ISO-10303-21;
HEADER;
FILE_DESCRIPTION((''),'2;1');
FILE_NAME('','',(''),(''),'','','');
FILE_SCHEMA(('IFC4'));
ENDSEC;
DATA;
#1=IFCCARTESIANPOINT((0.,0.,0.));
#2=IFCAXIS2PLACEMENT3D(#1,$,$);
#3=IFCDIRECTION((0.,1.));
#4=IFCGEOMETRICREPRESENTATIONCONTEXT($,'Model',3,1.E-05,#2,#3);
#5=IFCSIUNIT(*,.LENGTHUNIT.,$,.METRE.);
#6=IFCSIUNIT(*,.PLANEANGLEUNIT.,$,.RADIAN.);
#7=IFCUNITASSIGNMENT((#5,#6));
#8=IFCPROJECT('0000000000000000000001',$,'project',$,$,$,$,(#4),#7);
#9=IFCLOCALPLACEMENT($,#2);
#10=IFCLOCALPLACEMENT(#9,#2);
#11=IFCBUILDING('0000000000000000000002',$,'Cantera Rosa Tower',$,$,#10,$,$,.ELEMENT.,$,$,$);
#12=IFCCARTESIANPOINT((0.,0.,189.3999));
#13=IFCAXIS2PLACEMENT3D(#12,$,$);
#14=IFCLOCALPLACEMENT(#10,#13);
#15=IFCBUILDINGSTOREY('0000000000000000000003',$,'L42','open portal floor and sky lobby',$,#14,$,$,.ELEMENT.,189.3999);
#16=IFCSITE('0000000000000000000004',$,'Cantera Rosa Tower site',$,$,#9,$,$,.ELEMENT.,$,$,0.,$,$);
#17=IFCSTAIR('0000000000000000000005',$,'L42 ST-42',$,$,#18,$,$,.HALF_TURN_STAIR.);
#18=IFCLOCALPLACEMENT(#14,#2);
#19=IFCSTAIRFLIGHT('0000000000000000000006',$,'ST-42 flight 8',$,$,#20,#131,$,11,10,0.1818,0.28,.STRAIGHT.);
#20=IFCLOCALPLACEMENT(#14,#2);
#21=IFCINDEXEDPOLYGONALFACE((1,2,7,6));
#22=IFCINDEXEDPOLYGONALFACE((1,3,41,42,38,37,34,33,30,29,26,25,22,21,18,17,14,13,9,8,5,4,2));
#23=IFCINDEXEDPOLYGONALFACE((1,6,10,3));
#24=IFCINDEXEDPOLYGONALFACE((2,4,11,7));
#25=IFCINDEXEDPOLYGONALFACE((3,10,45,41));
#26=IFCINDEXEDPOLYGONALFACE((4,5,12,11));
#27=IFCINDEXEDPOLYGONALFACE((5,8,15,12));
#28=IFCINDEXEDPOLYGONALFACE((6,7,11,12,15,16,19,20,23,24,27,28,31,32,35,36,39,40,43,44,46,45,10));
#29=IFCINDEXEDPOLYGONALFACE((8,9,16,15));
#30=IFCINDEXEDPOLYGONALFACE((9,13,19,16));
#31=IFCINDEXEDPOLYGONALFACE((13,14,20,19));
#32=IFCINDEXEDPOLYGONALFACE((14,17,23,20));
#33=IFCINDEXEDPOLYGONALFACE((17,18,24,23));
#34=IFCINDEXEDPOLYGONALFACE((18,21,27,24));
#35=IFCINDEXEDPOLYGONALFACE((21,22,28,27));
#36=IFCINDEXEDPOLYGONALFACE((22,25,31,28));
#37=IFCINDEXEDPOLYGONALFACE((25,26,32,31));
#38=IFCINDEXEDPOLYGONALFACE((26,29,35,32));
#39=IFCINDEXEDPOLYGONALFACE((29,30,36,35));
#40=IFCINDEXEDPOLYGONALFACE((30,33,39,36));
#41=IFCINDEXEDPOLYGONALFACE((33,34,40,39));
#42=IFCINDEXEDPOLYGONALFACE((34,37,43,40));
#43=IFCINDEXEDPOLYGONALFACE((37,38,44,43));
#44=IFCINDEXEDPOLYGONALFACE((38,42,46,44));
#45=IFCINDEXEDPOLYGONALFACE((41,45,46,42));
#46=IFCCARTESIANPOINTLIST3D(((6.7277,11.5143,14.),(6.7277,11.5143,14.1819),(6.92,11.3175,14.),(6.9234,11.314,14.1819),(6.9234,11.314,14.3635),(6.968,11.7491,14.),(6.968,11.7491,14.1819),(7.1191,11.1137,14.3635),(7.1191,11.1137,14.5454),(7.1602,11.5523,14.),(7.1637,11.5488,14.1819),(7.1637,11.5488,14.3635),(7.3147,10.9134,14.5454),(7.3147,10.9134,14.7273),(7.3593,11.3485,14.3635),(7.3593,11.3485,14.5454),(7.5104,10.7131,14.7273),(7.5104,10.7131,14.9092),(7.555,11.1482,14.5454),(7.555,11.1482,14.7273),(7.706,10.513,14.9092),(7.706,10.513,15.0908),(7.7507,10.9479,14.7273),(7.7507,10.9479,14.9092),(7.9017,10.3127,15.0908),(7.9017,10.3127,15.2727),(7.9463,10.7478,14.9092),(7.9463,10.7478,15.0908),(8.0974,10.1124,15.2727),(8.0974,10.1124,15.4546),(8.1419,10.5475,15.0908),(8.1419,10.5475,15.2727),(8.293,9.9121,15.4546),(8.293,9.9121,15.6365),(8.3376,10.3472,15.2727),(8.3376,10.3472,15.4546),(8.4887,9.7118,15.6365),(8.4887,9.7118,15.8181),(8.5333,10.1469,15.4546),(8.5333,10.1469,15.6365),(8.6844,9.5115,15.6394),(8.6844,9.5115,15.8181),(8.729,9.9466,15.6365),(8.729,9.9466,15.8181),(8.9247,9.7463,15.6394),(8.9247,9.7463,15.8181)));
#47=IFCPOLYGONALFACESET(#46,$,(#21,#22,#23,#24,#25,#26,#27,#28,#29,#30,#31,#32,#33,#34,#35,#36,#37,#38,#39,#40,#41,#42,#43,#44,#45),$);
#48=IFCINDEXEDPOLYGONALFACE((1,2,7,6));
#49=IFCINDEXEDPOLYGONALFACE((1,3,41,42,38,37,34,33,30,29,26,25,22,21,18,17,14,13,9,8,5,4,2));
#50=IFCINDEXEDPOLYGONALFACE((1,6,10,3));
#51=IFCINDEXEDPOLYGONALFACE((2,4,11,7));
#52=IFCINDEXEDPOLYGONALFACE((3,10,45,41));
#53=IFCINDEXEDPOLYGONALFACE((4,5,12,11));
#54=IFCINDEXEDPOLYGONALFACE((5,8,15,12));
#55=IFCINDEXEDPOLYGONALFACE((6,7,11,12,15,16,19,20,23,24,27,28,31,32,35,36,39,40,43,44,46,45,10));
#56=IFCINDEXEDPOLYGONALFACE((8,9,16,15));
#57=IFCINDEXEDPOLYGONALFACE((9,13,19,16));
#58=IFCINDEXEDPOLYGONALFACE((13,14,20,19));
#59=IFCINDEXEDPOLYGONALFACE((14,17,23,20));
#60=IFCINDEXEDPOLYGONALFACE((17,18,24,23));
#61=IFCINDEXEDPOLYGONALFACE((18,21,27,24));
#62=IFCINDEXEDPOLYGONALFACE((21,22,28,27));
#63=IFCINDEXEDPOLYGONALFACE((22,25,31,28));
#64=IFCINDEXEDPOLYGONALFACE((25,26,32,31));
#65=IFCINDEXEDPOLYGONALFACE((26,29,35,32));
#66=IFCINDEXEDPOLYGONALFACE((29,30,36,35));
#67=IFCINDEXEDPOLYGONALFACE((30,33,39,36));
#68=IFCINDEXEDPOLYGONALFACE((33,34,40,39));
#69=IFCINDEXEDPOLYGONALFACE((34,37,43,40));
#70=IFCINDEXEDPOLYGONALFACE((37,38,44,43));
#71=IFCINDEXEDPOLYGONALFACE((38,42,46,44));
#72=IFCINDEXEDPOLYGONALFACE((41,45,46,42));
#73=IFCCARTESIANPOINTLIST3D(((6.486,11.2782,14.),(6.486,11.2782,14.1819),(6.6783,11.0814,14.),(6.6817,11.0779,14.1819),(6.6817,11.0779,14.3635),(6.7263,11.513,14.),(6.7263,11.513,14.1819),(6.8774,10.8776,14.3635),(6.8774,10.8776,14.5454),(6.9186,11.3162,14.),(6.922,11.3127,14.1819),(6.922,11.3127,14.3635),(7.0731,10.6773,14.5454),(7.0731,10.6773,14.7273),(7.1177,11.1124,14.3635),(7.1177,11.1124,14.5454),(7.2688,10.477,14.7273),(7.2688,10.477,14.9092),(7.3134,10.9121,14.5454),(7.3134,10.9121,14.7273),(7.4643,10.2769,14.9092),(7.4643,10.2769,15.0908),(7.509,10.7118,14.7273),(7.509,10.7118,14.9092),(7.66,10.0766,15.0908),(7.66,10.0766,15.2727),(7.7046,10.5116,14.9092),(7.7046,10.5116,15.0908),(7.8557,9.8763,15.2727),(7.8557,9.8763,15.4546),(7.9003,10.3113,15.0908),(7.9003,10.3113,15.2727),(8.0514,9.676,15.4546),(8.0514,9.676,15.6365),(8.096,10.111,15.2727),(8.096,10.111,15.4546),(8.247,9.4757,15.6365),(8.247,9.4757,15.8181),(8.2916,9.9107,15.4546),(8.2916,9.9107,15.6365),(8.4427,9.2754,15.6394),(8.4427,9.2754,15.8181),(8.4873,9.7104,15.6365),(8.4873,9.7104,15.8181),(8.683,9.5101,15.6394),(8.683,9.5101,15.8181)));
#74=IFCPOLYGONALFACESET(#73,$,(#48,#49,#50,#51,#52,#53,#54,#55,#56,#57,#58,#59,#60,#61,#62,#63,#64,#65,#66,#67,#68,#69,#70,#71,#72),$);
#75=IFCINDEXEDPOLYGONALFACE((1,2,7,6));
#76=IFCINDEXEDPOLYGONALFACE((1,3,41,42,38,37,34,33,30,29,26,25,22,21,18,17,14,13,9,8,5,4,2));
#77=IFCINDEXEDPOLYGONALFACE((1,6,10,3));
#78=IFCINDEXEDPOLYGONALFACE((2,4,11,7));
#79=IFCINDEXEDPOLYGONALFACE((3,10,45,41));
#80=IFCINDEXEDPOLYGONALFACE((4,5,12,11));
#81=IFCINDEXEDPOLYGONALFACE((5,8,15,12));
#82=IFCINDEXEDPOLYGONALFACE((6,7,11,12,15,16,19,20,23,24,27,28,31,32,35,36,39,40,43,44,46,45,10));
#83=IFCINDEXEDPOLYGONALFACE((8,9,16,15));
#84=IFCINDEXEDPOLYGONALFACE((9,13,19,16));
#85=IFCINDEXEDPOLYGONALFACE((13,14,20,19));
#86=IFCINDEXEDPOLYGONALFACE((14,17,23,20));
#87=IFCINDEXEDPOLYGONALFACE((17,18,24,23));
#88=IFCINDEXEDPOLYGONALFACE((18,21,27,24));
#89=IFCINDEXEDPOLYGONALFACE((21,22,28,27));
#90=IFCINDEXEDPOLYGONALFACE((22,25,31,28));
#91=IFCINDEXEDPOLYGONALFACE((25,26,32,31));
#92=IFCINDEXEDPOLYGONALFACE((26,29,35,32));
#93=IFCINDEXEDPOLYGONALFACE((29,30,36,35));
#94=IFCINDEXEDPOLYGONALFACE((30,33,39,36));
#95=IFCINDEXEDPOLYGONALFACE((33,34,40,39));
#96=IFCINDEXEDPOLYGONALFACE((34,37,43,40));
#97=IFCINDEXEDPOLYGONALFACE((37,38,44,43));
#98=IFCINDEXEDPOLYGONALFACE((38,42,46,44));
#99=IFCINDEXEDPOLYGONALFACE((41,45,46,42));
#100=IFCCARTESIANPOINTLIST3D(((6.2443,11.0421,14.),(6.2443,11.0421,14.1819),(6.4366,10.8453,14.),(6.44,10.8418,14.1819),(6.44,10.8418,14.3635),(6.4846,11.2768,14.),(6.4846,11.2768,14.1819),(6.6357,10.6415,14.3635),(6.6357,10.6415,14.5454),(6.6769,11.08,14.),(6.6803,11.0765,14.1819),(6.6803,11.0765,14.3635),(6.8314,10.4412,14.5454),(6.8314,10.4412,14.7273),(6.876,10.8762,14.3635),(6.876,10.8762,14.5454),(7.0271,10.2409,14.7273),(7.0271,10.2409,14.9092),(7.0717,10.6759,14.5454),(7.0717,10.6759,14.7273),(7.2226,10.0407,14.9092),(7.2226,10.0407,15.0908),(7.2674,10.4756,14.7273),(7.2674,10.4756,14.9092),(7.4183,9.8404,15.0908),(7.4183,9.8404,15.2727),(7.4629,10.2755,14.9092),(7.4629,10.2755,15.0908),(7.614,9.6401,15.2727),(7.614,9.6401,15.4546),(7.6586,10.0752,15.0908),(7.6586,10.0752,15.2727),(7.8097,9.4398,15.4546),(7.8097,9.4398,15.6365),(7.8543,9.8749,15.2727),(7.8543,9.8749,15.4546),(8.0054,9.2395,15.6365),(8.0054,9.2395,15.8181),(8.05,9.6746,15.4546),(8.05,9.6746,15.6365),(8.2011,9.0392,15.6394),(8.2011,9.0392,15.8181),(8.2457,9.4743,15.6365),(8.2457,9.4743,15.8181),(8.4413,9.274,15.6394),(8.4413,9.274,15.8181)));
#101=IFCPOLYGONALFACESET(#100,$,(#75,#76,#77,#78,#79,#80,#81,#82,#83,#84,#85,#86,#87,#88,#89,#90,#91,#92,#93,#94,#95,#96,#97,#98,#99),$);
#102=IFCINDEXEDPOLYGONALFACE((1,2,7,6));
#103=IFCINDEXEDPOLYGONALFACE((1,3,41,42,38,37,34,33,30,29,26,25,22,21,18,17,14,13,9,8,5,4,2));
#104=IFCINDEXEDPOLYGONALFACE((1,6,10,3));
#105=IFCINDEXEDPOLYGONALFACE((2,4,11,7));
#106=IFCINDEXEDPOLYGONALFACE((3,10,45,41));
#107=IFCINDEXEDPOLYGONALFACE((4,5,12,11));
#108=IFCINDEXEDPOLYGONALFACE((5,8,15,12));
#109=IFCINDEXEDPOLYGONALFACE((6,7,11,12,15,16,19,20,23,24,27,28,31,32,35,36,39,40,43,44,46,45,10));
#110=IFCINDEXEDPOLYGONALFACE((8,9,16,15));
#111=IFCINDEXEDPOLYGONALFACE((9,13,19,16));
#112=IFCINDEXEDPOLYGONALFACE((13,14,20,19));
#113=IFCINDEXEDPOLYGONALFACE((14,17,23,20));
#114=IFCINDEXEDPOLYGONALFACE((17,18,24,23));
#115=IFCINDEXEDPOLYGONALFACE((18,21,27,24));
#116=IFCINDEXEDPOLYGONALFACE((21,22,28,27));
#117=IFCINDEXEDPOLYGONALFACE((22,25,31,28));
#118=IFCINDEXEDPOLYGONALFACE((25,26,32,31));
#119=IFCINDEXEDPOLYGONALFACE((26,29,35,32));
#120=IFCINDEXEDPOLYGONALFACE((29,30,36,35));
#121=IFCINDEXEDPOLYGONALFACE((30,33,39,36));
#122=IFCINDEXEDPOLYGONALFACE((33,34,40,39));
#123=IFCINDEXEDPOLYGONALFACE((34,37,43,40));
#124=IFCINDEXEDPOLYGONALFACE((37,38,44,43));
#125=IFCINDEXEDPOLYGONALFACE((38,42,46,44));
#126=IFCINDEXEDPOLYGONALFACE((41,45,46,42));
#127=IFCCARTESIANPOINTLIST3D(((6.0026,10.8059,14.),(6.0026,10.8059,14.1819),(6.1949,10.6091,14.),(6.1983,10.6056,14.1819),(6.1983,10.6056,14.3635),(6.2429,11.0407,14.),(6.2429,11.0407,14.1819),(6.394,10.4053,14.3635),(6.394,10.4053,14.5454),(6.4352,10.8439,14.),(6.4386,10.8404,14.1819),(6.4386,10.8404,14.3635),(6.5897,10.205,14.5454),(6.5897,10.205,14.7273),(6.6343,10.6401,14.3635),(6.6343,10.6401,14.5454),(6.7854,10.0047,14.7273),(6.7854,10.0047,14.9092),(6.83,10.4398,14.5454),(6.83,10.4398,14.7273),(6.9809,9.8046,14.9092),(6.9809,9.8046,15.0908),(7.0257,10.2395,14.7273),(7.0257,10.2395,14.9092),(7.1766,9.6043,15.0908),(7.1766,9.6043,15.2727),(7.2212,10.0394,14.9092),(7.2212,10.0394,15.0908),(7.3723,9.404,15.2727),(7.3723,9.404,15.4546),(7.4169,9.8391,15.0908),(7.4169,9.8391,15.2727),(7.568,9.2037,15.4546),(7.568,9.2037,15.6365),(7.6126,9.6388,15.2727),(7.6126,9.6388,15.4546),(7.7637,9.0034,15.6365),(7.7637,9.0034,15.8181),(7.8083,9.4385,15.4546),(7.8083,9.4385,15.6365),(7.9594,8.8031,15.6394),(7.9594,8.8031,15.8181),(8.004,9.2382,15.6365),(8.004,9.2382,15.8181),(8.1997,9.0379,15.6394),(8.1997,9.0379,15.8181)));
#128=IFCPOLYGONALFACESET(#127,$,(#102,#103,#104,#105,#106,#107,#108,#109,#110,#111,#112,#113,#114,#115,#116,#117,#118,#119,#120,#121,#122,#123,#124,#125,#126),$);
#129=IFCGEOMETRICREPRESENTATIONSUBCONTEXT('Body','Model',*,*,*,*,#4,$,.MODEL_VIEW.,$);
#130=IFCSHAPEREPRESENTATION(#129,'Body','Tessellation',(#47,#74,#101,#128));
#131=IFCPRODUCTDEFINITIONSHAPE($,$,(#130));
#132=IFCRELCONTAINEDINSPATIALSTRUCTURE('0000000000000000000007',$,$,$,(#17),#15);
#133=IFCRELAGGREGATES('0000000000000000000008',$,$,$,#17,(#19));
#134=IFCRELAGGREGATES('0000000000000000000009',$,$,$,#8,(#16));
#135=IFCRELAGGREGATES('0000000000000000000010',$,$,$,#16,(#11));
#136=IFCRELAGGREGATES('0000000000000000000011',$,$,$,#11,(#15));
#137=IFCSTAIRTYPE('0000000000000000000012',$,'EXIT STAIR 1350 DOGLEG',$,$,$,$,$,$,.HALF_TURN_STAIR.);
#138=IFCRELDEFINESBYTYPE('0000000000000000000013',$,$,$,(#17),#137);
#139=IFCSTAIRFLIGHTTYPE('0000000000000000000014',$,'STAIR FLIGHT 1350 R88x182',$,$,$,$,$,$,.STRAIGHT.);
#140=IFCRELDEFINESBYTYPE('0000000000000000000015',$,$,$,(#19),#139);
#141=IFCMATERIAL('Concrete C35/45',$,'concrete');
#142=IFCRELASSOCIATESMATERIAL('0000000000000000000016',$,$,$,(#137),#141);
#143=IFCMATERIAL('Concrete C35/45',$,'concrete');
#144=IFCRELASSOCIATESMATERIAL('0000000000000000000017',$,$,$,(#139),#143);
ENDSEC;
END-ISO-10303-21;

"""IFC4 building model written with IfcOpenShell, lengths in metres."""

from ifc_helpers import new_model, si_unit, direction, frame, origin, place, context, subcontext, project, spatial, polyline, outline, extrude, material, type_object, element, aggregate, save


model = new_model("IFC4")

# Units and contexts
model_context = context("Model", 3, precision=1e-05, world=origin(), true_north=direction((0.0, 1.0)))
body_context = subcontext(model_context, "Body", "Model", "MODEL_VIEW")
ifc_project = project(units=[si_unit("LENGTHUNIT", "METRE"), si_unit("PLANEANGLEUNIT", "RADIAN")], contexts=[model_context])

# Site, building, storey
site_placement = place(None, origin())
site = spatial("IfcSite", under=ifc_project, at=site_placement, Name="Cantera Rosa Tower site", CompositionType="ELEMENT", RefElevation=0.0)
building_placement = place(site_placement, origin())
building = spatial("IfcBuilding", under=site, at=building_placement, Name="Cantera Rosa Tower", CompositionType="ELEMENT")
storey_placement = place(building_placement, frame((0.0, 0.0, 189.3999)))
storey = spatial("IfcBuildingStorey", under=building, at=storey_placement, Name="L42", Description="open portal floor and sky lobby", CompositionType="ELEMENT", Elevation=189.3999)

# Stair, stair flight
ifc_material_1 = material(Name="Concrete C35/45", Category="concrete")
stair_type = type_object("IfcStairType", Name="EXIT STAIR 1350 DOGLEG", PredefinedType="HALF_TURN_STAIR", material=ifc_material_1)
stair_placement = place(storey_placement, origin())
stair = element("IfcStair", 1, at=stair_placement, inside=storey, type_object=stair_type, Name="L42 ST-42", PredefinedType="HALF_TURN_STAIR")
ifc_material_2 = material(Name="Concrete C35/45", Category="concrete")
stair_flight_type = type_object("IfcStairFlightType", Name="STAIR FLIGHT 1350 R88x182", PredefinedType="STRAIGHT", material=ifc_material_2)
stair_flight_1_placement = place(storey_placement, frame((6.4851, 11.2773, 14.0), z_axis=(0.0, 0.0, 1.0), x_axis=(0.698832, -0.715286, 0.0)))
stair_flight_1 = element("IfcStairFlight", 2, at=stair_flight_1_placement, type_object=stair_flight_type, Name="ST-42 flight 8", NumberOfRisers=11, NumberOfTreads=10, PredefinedType="STRAIGHT", RiserHeight=0.1818, TreadLength=0.28, context=body_context, shape_type="SweptSolid", body=[
    extrude(outline(polyline([(0.0, 0.0), (0.0, 0.1819), (0.28, 0.1819), (0.28, 0.3635), (0.5601, 0.3635), (0.5601, 0.5454), (0.8401, 0.5454), (0.8401, 0.7273), (1.1201, 0.7273), (1.1201, 0.9092), (1.3999, 0.9092), (1.3999, 1.0908), (1.6799, 1.0908), (1.6799, 1.2727), (1.96, 1.2727), (1.96, 1.4546), (2.24, 1.4546), (2.24, 1.6365), (2.52, 1.6365), (2.52, 1.8181), (2.8, 1.8181), (2.8, 2.0), (2.8, 1.6394), (0.2751, 0.0), (0.0, 0.0)])), frame((0.0, 0.675, 0.0), z_axis=(0.0, -1.0, 0.0), x_axis=(1.0, 0.0, 0.0)), (0.0, 0.0, 1.0), 0.3359),
    extrude(outline(polyline([(0.0, 0.0), (0.0, 0.1819), (0.28, 0.1819), (0.28, 0.3635), (0.5601, 0.3635), (0.5601, 0.5454), (0.8401, 0.5454), (0.8401, 0.7273), (1.1201, 0.7273), (1.1201, 0.9092), (1.3999, 0.9092), (1.3999, 1.0908), (1.6799, 1.0908), (1.6799, 1.2727), (1.96, 1.2727), (1.96, 1.4546), (2.24, 1.4546), (2.24, 1.6365), (2.52, 1.6365), (2.52, 1.8181), (2.8, 1.8181), (2.8, 2.0), (2.8, 1.6394), (0.2751, 0.0), (0.0, 0.0)])), frame((0.0, 0.3372, 0.0), z_axis=(0.0, -1.0, 0.0), x_axis=(1.0, 0.0, 0.0)), (0.0, 0.0, 1.0), 0.3359),
    extrude(outline(polyline([(0.0, 0.0), (0.0, 0.1819), (0.28, 0.1819), (0.28, 0.3635), (0.5601, 0.3635), (0.5601, 0.5454), (0.8401, 0.5454), (0.8401, 0.7273), (1.1201, 0.7273), (1.1201, 0.9092), (1.3999, 0.9092), (1.3999, 1.0908), (1.6799, 1.0908), (1.6799, 1.2727), (1.96, 1.2727), (1.96, 1.4546), (2.24, 1.4546), (2.24, 1.6365), (2.52, 1.6365), (2.52, 1.8181), (2.8, 1.8181), (2.8, 2.0), (2.8, 1.6394), (0.2751, 0.0), (0.0, 0.0)])), frame((0.0, -0.0007, 0.0), z_axis=(0.0, -1.0, 0.0), x_axis=(1.0, 0.0, 0.0)), (0.0, 0.0, 1.0), 0.3359),
    extrude(outline(polyline([(0.0, 0.0), (0.0, 0.1819), (0.28, 0.1819), (0.28, 0.3635), (0.5601, 0.3635), (0.5601, 0.5454), (0.8401, 0.5454), (0.8401, 0.7273), (1.1201, 0.7273), (1.1201, 0.9092), (1.3999, 0.9092), (1.3999, 1.0908), (1.6799, 1.0908), (1.6799, 1.2727), (1.96, 1.2727), (1.96, 1.4546), (2.24, 1.4546), (2.24, 1.6365), (2.52, 1.6365), (2.52, 1.8181), (2.8, 1.8181), (2.8, 2.0), (2.8, 1.6394), (0.2751, 0.0), (0.0, 0.0)])), frame((0.0, -0.3386, 0.0), z_axis=(0.0, -1.0, 0.0), x_axis=(1.0, 0.0, 0.0)), (0.0, 0.0, 1.0), 0.3359),
])
aggregate(stair, [stair_flight_1])

save(model, "model.ifc")
